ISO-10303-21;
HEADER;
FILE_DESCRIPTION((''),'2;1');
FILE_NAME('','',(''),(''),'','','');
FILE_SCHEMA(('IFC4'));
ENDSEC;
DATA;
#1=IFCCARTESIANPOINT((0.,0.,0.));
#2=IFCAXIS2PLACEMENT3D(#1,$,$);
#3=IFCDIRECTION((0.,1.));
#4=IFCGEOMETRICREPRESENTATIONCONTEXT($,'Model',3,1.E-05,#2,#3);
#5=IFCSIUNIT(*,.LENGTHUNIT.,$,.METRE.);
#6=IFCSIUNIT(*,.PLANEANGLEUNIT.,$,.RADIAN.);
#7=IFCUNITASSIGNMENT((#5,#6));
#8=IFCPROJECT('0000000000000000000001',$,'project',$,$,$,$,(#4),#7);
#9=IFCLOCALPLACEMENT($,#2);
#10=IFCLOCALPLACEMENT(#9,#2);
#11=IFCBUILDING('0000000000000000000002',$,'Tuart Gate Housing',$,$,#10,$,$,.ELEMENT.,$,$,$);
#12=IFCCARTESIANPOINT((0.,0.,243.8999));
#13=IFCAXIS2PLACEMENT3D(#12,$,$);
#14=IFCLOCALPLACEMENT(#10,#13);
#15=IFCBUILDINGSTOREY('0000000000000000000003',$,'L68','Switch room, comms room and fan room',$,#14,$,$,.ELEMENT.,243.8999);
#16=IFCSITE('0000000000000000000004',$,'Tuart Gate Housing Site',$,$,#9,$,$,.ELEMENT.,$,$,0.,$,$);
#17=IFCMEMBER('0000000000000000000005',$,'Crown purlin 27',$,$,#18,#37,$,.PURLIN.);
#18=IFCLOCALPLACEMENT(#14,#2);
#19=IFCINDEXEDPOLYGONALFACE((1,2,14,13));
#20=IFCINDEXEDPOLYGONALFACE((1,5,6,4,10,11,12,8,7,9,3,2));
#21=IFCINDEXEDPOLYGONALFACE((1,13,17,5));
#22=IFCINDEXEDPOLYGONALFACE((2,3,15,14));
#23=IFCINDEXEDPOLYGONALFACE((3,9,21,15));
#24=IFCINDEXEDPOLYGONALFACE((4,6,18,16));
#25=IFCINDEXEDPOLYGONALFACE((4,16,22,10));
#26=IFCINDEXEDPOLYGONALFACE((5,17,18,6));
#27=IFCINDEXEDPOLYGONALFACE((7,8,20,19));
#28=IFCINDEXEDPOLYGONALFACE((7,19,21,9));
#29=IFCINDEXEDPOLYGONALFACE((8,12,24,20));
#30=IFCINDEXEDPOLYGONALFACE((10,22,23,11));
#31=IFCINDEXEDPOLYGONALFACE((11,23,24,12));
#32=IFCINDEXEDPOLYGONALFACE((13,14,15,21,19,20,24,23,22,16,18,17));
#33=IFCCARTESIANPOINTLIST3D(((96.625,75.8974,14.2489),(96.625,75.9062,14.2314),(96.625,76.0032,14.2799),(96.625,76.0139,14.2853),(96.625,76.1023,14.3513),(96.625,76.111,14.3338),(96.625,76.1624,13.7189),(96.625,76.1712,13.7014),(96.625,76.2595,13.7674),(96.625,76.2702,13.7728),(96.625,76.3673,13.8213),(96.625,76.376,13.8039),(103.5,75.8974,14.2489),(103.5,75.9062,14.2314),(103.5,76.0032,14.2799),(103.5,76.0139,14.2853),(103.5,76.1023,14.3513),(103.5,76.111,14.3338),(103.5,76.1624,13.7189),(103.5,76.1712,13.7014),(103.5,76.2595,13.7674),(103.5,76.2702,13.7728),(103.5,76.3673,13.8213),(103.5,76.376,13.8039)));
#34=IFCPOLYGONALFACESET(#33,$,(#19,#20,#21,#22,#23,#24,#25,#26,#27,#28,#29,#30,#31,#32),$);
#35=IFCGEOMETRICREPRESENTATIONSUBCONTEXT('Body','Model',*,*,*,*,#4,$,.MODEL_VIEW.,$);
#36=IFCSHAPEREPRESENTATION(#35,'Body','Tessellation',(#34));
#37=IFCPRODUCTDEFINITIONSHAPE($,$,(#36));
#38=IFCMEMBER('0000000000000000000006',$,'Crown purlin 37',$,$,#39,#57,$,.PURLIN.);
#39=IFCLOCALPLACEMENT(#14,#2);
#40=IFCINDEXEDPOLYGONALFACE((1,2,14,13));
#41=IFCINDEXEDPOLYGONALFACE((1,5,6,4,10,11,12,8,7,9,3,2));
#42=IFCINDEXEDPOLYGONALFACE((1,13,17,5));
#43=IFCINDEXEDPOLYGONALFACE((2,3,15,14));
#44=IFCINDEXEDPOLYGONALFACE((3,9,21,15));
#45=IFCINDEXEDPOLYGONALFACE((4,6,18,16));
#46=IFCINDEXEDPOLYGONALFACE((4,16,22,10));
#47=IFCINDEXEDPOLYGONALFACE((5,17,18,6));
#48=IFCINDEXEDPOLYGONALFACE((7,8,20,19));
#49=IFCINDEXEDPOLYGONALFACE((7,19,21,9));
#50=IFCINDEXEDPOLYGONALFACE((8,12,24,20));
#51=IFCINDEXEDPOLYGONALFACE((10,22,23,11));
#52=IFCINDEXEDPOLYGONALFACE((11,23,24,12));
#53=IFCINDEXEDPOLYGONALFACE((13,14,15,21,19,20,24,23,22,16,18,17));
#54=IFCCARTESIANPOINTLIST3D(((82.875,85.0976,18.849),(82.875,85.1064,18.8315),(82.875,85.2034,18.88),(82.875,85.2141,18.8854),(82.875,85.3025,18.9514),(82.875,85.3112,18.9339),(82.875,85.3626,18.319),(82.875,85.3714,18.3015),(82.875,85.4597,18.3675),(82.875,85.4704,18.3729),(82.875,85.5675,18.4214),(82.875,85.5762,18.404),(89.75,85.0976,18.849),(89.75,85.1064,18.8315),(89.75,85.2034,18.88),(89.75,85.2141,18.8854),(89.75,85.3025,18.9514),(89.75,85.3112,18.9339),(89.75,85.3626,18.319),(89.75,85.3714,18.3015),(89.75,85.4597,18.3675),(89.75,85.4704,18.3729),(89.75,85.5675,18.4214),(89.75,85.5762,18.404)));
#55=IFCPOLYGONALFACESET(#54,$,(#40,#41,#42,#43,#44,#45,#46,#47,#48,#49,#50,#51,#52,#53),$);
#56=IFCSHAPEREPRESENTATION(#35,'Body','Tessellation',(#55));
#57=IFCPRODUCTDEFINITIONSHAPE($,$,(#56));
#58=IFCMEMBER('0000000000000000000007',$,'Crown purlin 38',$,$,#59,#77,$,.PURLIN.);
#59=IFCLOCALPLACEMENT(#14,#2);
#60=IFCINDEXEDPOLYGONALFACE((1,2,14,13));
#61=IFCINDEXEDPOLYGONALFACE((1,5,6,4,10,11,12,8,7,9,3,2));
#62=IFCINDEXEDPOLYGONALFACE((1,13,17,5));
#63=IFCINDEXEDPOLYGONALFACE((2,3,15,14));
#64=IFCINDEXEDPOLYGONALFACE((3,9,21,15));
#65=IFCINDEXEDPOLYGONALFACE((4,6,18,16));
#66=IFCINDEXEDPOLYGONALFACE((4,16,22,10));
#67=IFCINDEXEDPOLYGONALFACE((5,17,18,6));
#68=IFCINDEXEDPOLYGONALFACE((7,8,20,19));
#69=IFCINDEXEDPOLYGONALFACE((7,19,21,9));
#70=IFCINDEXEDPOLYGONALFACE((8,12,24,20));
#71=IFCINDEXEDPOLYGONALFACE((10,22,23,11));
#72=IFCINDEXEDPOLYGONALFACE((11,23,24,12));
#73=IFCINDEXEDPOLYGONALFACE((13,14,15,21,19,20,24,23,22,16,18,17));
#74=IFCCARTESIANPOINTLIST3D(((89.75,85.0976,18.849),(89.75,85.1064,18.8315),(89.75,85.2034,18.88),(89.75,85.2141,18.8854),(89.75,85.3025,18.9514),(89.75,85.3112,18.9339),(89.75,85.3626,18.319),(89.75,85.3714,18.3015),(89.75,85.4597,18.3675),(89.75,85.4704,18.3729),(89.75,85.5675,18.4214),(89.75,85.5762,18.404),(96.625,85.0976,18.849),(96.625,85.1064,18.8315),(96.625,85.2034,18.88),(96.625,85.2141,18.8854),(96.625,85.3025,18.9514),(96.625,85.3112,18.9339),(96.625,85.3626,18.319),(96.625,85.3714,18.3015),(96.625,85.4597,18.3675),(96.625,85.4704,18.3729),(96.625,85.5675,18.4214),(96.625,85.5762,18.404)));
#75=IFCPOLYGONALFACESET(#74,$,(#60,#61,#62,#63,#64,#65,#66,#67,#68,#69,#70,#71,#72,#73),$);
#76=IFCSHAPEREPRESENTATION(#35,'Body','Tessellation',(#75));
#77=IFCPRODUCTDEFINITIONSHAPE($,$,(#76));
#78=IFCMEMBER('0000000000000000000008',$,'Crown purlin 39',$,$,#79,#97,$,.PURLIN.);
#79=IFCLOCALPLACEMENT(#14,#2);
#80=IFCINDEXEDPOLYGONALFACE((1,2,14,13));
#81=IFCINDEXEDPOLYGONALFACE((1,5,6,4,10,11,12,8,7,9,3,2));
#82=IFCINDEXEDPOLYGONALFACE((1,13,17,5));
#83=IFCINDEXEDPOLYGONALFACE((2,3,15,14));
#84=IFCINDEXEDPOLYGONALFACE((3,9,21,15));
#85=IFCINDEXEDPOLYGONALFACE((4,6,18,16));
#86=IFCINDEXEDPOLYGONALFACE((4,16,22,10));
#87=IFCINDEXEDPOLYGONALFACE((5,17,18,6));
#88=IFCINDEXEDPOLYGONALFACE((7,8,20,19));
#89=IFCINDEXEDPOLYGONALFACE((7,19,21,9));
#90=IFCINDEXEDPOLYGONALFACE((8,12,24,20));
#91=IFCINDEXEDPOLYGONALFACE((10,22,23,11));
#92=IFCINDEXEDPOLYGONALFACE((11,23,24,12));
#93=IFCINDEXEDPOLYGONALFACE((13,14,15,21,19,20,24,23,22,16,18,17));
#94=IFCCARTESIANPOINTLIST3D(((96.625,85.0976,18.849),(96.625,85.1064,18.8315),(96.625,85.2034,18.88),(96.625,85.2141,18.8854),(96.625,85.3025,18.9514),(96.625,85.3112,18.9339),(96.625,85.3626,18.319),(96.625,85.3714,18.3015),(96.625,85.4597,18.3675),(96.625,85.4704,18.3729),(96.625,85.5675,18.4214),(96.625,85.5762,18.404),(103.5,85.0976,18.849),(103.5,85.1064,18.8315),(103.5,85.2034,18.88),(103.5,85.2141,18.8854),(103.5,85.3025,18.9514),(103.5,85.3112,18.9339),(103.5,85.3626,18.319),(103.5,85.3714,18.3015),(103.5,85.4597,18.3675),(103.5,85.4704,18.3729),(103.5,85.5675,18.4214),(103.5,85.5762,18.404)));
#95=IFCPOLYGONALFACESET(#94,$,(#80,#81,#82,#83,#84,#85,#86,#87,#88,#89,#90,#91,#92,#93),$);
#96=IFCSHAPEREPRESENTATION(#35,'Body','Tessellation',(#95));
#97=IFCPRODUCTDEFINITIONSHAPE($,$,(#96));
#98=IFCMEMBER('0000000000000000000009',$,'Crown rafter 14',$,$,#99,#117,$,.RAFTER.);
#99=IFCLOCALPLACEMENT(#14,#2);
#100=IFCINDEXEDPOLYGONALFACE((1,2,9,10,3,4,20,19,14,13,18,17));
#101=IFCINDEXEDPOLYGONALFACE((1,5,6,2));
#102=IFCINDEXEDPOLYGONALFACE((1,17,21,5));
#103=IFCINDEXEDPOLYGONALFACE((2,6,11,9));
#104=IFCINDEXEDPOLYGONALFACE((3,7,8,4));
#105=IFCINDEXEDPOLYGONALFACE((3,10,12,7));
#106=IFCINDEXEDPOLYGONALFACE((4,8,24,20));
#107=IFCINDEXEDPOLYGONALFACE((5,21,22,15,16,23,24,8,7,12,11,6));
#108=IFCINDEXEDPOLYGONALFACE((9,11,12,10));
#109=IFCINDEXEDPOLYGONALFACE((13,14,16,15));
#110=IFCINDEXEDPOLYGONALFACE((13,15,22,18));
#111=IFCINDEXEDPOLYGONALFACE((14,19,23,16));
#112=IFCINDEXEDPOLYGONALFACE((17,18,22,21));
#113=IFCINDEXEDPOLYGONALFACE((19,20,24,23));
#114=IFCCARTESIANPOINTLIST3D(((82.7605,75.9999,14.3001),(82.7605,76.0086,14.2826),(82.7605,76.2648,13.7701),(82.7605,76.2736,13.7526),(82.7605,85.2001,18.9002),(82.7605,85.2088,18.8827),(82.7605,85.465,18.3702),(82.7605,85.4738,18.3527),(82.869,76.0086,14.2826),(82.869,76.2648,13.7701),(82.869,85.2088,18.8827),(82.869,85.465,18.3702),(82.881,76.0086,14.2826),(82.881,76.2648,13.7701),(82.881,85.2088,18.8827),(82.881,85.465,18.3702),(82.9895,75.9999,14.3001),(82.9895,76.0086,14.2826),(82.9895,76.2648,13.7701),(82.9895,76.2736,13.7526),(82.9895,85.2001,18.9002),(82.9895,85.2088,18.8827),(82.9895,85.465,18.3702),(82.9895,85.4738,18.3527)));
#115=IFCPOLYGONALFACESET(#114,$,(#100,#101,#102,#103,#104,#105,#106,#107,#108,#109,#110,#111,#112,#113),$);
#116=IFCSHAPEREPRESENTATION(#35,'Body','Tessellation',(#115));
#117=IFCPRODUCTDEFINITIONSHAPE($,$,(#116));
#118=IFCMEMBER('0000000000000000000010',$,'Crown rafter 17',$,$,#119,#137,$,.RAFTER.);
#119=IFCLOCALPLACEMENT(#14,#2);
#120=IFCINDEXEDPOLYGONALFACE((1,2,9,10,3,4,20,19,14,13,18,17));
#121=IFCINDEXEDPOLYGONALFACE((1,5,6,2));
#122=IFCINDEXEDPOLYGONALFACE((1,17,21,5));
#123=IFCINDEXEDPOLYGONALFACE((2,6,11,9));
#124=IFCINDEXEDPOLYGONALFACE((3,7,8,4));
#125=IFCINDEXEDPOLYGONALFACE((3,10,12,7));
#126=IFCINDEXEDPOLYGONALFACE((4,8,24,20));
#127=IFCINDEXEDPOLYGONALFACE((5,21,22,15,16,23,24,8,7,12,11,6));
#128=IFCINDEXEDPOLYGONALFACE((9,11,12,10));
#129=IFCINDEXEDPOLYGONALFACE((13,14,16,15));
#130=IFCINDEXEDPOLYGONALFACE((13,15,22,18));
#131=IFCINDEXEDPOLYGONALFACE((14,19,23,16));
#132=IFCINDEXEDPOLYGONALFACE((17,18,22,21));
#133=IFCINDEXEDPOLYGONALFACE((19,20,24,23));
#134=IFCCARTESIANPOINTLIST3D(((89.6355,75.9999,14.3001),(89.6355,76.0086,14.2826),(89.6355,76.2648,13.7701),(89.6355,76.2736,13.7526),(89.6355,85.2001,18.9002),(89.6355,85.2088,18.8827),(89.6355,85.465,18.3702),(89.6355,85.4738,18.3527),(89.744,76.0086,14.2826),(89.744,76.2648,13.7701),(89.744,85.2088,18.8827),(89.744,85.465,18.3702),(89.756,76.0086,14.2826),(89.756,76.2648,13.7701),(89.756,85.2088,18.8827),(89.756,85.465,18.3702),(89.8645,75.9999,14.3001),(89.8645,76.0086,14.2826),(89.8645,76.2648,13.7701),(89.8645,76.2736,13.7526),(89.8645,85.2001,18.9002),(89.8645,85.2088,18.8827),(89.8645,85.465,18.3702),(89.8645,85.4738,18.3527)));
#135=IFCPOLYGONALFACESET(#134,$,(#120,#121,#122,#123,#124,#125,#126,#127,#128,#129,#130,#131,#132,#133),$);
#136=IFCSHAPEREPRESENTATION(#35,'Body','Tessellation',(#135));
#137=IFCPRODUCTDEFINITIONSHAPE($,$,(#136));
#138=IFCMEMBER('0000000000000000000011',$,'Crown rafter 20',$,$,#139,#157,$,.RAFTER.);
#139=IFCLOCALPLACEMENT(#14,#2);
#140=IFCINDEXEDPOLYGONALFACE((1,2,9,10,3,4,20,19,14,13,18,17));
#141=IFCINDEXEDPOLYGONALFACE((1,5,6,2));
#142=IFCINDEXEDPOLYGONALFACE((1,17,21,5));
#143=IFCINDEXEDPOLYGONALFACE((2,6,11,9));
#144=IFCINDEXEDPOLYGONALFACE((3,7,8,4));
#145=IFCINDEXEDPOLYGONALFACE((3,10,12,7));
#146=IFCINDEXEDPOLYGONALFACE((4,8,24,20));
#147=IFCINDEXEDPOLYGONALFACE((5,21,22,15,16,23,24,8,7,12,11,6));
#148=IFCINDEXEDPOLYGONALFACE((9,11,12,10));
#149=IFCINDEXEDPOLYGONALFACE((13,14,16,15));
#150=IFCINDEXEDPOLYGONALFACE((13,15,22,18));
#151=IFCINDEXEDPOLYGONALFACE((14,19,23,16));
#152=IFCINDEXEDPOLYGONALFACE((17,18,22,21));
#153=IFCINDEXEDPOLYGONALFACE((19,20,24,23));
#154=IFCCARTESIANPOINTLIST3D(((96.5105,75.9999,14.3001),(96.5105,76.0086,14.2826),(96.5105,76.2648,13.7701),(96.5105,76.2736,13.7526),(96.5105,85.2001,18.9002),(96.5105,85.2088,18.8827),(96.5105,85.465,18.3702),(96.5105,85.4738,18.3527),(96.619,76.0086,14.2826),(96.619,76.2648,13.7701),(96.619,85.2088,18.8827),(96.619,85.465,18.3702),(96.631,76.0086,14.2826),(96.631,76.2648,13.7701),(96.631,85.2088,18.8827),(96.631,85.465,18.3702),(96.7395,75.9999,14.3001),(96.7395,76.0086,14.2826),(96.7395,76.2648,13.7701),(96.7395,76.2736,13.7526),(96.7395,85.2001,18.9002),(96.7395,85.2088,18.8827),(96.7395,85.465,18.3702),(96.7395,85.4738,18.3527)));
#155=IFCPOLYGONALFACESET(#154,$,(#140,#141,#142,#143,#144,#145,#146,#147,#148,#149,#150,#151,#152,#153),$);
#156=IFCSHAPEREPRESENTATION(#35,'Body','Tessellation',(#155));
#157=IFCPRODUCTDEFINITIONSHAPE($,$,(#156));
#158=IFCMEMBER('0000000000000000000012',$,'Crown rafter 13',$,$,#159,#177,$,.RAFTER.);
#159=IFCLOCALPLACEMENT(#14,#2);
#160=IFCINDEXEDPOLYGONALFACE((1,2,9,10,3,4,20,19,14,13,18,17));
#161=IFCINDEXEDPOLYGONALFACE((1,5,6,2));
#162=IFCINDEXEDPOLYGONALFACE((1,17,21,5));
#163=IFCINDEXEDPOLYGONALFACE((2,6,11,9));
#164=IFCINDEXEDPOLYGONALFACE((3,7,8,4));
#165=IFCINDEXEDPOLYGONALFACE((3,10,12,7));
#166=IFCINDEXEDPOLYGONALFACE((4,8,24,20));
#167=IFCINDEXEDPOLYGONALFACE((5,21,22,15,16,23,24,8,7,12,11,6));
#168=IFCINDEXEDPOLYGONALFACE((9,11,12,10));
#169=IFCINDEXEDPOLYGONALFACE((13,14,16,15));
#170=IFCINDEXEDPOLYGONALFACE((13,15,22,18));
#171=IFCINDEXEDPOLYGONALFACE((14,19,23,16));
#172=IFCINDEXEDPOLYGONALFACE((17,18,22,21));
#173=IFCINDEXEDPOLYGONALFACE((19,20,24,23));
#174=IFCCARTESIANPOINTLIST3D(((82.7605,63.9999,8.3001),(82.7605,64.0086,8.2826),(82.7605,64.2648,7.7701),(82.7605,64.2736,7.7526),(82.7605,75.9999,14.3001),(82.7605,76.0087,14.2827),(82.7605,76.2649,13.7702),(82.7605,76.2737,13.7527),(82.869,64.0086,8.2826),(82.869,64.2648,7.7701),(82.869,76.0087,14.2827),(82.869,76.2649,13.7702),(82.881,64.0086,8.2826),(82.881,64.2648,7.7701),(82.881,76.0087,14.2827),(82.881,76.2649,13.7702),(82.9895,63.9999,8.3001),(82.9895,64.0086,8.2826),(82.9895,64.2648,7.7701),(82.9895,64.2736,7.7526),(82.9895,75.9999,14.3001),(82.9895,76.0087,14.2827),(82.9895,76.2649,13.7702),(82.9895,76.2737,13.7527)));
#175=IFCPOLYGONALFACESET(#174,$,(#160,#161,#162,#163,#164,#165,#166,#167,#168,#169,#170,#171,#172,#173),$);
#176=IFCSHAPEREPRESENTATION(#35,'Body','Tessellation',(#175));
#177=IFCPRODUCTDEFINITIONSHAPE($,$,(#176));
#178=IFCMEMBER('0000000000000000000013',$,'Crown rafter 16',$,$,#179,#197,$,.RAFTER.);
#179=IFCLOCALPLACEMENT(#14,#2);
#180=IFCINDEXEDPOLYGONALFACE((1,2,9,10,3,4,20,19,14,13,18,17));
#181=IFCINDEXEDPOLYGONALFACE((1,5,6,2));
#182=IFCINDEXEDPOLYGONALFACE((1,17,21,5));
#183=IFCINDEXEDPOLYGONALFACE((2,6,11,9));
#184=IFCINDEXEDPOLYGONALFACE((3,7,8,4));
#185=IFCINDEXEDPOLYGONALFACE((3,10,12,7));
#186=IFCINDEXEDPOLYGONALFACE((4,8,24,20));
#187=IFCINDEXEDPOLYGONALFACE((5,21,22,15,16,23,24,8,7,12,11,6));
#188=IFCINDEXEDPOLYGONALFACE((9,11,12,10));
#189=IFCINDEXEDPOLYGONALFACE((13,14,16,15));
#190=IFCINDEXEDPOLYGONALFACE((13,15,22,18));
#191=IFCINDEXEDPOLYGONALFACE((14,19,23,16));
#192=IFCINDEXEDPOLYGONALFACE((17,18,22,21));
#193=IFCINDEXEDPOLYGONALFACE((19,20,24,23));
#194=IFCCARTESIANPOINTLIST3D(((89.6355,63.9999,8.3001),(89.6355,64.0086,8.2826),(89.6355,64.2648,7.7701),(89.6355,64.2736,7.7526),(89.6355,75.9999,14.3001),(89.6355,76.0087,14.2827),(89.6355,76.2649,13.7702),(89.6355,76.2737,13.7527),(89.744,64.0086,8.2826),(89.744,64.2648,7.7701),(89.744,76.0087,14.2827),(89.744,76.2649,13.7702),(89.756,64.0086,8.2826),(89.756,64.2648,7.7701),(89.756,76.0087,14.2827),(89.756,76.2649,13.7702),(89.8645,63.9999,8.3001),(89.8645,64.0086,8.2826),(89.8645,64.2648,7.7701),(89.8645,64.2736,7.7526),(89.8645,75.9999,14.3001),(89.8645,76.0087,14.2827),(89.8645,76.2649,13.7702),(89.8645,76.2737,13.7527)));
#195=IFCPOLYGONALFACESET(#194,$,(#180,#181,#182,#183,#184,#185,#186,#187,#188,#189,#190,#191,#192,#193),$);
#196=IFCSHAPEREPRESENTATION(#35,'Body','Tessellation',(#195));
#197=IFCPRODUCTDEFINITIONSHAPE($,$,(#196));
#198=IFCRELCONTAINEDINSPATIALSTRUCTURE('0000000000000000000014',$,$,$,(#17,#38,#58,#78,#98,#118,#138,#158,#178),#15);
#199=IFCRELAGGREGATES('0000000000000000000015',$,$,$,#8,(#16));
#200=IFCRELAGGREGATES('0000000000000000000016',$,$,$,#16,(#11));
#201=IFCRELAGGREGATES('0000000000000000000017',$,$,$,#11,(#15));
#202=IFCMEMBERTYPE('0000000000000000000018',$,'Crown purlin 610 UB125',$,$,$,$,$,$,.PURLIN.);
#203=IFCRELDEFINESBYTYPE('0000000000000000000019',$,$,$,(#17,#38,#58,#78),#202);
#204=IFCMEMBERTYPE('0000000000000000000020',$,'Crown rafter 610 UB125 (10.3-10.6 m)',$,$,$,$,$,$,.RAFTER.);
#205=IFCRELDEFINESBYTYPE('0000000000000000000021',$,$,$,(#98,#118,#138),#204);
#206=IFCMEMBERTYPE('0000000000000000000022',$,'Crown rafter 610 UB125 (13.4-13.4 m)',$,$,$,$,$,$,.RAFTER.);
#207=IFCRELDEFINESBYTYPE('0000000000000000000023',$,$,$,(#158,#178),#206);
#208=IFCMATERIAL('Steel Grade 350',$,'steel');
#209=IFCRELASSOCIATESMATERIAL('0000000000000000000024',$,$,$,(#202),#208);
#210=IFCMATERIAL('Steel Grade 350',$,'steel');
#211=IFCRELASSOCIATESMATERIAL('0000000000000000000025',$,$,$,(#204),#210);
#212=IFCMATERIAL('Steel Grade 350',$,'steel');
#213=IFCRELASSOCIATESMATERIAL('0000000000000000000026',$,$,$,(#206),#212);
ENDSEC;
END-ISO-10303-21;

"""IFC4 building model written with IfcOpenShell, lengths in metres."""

from ifc_helpers import new_model, si_unit, direction, frame, origin, origin_2d, place, context, subcontext, project, spatial, i_section, extrude, material, material_profile, profile_set, type_object, element, save


model = new_model("IFC4")

# Units and contexts
model_context = context("Model", 3, precision=1e-05, world=origin(), true_north=direction((0.0, 1.0)))
body_context = subcontext(model_context, "Body", "Model", "MODEL_VIEW")
ifc_project = project(units=[si_unit("LENGTHUNIT", "METRE"), si_unit("PLANEANGLEUNIT", "RADIAN")], contexts=[model_context])

# Site, building, storey
site_placement = place(None, origin())
site = spatial("IfcSite", under=ifc_project, at=site_placement, Name="Tuart Gate Housing Site", CompositionType="ELEMENT", RefElevation=0.0)
building_placement = place(site_placement, origin())
building = spatial("IfcBuilding", under=site, at=building_placement, Name="Tuart Gate Housing", CompositionType="ELEMENT")
storey_placement = place(building_placement, frame((0.0, 0.0, 243.8999)))
storey = spatial("IfcBuildingStorey", under=building, at=storey_placement, Name="L68", Description="Switch room, comms room and fan room", CompositionType="ELEMENT", Elevation=243.8999)

# Members
ifc_material_1 = material(Name="Steel Grade 350", Category="steel")
ifc_material_profile_1 = material_profile(ifc_material_1, i_section(OverallWidth=0.229, OverallDepth=0.6121, WebThickness=0.012, FlangeThickness=0.0195, at=origin_2d()), Name="610UB125")
ifc_profile_set_1 = profile_set([ifc_material_profile_1], Name="Steel Grade 350")
member_type_1 = type_object("IfcMemberType", Name="Crown purlin 610 UB125", PredefinedType="PURLIN", material=ifc_profile_set_1)
for number, where, z_axis, x_axis, name in (
    (1, (96.625, 76.1367, 14.0264), (1.0, 0.0, 0.0), (0.0, 0.894427, 0.447214), "Crown purlin 27"),
    (2, (82.875, 85.3369, 18.6265), (1.0, 0.0, 0.0), (0.0, 0.894427, 0.447214), "Crown purlin 37"),
    (3, (89.75, 85.3369, 18.6265), (1.0, 0.0, 0.0), (0.0, 0.894427, 0.447214), "Crown purlin 38"),
    (4, (96.625, 85.3369, 18.6265), (1.0, 0.0, 0.0), (0.0, 0.894427, 0.447214), "Crown purlin 39"),
):
    element("IfcMember", number, at=place(storey_placement, frame(where, z_axis=z_axis, x_axis=x_axis)), inside=storey, type_object=member_type_1, Name=name, PredefinedType="PURLIN", context=body_context, shape_type="SweptSolid", body=[
        extrude(i_section(OverallWidth=0.229, OverallDepth=0.6121, WebThickness=0.012, FlangeThickness=0.0195, at=origin_2d()), origin(), (0.0, 0.0, 1.0), 6.875),
    ])
ifc_material_2 = material(Name="Steel Grade 350", Category="steel")
ifc_material_profile_2 = material_profile(ifc_material_2, i_section(OverallWidth=0.229, OverallDepth=0.6121, WebThickness=0.012, FlangeThickness=0.0195, at=origin_2d()), Name="610UB125")
ifc_profile_set_2 = profile_set([ifc_material_profile_2], Name="Steel Grade 350")
member_type_2 = type_object("IfcMemberType", Name="Crown rafter 610 UB125 (10.3-10.6 m)", PredefinedType="RAFTER", material=ifc_profile_set_2)
for number, where, z_axis, x_axis, name in (
    (5, (82.875, 76.1367, 14.0264), (0.0, 0.894427, 0.447214), (-1.0, 0.0, 0.0), "Crown rafter 14"),
    (6, (89.75, 76.1367, 14.0264), (0.0, 0.894427, 0.447214), (-1.0, 0.0, 0.0), "Crown rafter 17"),
    (7, (96.625, 76.1367, 14.0264), (0.0, 0.894427, 0.447214), (-1.0, 0.0, 0.0), "Crown rafter 20"),
):
    element("IfcMember", number, at=place(storey_placement, frame(where, z_axis=z_axis, x_axis=x_axis)), inside=storey, type_object=member_type_2, Name=name, PredefinedType="RAFTER", context=body_context, shape_type="SweptSolid", body=[
        extrude(i_section(OverallWidth=0.229, OverallDepth=0.6121, WebThickness=0.012, FlangeThickness=0.0195, at=origin_2d()), origin(), (0.0, 0.0, 1.0), 10.2861),
    ])
ifc_material_3 = material(Name="Steel Grade 350", Category="steel")
ifc_material_profile_3 = material_profile(ifc_material_3, i_section(OverallWidth=0.229, OverallDepth=0.6121, WebThickness=0.012, FlangeThickness=0.0195, at=origin_2d()), Name="610UB125")
ifc_profile_set_3 = profile_set([ifc_material_profile_3], Name="Steel Grade 350")
member_type_3 = type_object("IfcMemberType", Name="Crown rafter 610 UB125 (13.4-13.4 m)", PredefinedType="RAFTER", material=ifc_profile_set_3)
for number, where, z_axis, x_axis, name in (
    (8, (82.875, 64.1367, 8.0264), (0.0, 0.894427, 0.447214), (-1.0, 0.0, 0.0), "Crown rafter 13"),
    (9, (89.75, 64.1367, 8.0264), (0.0, 0.894427, 0.447214), (-1.0, 0.0, 0.0), "Crown rafter 16"),
):
    element("IfcMember", number, at=place(storey_placement, frame(where, z_axis=z_axis, x_axis=x_axis)), inside=storey, type_object=member_type_3, Name=name, PredefinedType="RAFTER", context=body_context, shape_type="SweptSolid", body=[
        extrude(i_section(OverallWidth=0.229, OverallDepth=0.6121, WebThickness=0.012, FlangeThickness=0.0195, at=origin_2d()), origin(), (0.0, 0.0, 1.0), 13.4165),
    ])

save(model, "model.ifc")
